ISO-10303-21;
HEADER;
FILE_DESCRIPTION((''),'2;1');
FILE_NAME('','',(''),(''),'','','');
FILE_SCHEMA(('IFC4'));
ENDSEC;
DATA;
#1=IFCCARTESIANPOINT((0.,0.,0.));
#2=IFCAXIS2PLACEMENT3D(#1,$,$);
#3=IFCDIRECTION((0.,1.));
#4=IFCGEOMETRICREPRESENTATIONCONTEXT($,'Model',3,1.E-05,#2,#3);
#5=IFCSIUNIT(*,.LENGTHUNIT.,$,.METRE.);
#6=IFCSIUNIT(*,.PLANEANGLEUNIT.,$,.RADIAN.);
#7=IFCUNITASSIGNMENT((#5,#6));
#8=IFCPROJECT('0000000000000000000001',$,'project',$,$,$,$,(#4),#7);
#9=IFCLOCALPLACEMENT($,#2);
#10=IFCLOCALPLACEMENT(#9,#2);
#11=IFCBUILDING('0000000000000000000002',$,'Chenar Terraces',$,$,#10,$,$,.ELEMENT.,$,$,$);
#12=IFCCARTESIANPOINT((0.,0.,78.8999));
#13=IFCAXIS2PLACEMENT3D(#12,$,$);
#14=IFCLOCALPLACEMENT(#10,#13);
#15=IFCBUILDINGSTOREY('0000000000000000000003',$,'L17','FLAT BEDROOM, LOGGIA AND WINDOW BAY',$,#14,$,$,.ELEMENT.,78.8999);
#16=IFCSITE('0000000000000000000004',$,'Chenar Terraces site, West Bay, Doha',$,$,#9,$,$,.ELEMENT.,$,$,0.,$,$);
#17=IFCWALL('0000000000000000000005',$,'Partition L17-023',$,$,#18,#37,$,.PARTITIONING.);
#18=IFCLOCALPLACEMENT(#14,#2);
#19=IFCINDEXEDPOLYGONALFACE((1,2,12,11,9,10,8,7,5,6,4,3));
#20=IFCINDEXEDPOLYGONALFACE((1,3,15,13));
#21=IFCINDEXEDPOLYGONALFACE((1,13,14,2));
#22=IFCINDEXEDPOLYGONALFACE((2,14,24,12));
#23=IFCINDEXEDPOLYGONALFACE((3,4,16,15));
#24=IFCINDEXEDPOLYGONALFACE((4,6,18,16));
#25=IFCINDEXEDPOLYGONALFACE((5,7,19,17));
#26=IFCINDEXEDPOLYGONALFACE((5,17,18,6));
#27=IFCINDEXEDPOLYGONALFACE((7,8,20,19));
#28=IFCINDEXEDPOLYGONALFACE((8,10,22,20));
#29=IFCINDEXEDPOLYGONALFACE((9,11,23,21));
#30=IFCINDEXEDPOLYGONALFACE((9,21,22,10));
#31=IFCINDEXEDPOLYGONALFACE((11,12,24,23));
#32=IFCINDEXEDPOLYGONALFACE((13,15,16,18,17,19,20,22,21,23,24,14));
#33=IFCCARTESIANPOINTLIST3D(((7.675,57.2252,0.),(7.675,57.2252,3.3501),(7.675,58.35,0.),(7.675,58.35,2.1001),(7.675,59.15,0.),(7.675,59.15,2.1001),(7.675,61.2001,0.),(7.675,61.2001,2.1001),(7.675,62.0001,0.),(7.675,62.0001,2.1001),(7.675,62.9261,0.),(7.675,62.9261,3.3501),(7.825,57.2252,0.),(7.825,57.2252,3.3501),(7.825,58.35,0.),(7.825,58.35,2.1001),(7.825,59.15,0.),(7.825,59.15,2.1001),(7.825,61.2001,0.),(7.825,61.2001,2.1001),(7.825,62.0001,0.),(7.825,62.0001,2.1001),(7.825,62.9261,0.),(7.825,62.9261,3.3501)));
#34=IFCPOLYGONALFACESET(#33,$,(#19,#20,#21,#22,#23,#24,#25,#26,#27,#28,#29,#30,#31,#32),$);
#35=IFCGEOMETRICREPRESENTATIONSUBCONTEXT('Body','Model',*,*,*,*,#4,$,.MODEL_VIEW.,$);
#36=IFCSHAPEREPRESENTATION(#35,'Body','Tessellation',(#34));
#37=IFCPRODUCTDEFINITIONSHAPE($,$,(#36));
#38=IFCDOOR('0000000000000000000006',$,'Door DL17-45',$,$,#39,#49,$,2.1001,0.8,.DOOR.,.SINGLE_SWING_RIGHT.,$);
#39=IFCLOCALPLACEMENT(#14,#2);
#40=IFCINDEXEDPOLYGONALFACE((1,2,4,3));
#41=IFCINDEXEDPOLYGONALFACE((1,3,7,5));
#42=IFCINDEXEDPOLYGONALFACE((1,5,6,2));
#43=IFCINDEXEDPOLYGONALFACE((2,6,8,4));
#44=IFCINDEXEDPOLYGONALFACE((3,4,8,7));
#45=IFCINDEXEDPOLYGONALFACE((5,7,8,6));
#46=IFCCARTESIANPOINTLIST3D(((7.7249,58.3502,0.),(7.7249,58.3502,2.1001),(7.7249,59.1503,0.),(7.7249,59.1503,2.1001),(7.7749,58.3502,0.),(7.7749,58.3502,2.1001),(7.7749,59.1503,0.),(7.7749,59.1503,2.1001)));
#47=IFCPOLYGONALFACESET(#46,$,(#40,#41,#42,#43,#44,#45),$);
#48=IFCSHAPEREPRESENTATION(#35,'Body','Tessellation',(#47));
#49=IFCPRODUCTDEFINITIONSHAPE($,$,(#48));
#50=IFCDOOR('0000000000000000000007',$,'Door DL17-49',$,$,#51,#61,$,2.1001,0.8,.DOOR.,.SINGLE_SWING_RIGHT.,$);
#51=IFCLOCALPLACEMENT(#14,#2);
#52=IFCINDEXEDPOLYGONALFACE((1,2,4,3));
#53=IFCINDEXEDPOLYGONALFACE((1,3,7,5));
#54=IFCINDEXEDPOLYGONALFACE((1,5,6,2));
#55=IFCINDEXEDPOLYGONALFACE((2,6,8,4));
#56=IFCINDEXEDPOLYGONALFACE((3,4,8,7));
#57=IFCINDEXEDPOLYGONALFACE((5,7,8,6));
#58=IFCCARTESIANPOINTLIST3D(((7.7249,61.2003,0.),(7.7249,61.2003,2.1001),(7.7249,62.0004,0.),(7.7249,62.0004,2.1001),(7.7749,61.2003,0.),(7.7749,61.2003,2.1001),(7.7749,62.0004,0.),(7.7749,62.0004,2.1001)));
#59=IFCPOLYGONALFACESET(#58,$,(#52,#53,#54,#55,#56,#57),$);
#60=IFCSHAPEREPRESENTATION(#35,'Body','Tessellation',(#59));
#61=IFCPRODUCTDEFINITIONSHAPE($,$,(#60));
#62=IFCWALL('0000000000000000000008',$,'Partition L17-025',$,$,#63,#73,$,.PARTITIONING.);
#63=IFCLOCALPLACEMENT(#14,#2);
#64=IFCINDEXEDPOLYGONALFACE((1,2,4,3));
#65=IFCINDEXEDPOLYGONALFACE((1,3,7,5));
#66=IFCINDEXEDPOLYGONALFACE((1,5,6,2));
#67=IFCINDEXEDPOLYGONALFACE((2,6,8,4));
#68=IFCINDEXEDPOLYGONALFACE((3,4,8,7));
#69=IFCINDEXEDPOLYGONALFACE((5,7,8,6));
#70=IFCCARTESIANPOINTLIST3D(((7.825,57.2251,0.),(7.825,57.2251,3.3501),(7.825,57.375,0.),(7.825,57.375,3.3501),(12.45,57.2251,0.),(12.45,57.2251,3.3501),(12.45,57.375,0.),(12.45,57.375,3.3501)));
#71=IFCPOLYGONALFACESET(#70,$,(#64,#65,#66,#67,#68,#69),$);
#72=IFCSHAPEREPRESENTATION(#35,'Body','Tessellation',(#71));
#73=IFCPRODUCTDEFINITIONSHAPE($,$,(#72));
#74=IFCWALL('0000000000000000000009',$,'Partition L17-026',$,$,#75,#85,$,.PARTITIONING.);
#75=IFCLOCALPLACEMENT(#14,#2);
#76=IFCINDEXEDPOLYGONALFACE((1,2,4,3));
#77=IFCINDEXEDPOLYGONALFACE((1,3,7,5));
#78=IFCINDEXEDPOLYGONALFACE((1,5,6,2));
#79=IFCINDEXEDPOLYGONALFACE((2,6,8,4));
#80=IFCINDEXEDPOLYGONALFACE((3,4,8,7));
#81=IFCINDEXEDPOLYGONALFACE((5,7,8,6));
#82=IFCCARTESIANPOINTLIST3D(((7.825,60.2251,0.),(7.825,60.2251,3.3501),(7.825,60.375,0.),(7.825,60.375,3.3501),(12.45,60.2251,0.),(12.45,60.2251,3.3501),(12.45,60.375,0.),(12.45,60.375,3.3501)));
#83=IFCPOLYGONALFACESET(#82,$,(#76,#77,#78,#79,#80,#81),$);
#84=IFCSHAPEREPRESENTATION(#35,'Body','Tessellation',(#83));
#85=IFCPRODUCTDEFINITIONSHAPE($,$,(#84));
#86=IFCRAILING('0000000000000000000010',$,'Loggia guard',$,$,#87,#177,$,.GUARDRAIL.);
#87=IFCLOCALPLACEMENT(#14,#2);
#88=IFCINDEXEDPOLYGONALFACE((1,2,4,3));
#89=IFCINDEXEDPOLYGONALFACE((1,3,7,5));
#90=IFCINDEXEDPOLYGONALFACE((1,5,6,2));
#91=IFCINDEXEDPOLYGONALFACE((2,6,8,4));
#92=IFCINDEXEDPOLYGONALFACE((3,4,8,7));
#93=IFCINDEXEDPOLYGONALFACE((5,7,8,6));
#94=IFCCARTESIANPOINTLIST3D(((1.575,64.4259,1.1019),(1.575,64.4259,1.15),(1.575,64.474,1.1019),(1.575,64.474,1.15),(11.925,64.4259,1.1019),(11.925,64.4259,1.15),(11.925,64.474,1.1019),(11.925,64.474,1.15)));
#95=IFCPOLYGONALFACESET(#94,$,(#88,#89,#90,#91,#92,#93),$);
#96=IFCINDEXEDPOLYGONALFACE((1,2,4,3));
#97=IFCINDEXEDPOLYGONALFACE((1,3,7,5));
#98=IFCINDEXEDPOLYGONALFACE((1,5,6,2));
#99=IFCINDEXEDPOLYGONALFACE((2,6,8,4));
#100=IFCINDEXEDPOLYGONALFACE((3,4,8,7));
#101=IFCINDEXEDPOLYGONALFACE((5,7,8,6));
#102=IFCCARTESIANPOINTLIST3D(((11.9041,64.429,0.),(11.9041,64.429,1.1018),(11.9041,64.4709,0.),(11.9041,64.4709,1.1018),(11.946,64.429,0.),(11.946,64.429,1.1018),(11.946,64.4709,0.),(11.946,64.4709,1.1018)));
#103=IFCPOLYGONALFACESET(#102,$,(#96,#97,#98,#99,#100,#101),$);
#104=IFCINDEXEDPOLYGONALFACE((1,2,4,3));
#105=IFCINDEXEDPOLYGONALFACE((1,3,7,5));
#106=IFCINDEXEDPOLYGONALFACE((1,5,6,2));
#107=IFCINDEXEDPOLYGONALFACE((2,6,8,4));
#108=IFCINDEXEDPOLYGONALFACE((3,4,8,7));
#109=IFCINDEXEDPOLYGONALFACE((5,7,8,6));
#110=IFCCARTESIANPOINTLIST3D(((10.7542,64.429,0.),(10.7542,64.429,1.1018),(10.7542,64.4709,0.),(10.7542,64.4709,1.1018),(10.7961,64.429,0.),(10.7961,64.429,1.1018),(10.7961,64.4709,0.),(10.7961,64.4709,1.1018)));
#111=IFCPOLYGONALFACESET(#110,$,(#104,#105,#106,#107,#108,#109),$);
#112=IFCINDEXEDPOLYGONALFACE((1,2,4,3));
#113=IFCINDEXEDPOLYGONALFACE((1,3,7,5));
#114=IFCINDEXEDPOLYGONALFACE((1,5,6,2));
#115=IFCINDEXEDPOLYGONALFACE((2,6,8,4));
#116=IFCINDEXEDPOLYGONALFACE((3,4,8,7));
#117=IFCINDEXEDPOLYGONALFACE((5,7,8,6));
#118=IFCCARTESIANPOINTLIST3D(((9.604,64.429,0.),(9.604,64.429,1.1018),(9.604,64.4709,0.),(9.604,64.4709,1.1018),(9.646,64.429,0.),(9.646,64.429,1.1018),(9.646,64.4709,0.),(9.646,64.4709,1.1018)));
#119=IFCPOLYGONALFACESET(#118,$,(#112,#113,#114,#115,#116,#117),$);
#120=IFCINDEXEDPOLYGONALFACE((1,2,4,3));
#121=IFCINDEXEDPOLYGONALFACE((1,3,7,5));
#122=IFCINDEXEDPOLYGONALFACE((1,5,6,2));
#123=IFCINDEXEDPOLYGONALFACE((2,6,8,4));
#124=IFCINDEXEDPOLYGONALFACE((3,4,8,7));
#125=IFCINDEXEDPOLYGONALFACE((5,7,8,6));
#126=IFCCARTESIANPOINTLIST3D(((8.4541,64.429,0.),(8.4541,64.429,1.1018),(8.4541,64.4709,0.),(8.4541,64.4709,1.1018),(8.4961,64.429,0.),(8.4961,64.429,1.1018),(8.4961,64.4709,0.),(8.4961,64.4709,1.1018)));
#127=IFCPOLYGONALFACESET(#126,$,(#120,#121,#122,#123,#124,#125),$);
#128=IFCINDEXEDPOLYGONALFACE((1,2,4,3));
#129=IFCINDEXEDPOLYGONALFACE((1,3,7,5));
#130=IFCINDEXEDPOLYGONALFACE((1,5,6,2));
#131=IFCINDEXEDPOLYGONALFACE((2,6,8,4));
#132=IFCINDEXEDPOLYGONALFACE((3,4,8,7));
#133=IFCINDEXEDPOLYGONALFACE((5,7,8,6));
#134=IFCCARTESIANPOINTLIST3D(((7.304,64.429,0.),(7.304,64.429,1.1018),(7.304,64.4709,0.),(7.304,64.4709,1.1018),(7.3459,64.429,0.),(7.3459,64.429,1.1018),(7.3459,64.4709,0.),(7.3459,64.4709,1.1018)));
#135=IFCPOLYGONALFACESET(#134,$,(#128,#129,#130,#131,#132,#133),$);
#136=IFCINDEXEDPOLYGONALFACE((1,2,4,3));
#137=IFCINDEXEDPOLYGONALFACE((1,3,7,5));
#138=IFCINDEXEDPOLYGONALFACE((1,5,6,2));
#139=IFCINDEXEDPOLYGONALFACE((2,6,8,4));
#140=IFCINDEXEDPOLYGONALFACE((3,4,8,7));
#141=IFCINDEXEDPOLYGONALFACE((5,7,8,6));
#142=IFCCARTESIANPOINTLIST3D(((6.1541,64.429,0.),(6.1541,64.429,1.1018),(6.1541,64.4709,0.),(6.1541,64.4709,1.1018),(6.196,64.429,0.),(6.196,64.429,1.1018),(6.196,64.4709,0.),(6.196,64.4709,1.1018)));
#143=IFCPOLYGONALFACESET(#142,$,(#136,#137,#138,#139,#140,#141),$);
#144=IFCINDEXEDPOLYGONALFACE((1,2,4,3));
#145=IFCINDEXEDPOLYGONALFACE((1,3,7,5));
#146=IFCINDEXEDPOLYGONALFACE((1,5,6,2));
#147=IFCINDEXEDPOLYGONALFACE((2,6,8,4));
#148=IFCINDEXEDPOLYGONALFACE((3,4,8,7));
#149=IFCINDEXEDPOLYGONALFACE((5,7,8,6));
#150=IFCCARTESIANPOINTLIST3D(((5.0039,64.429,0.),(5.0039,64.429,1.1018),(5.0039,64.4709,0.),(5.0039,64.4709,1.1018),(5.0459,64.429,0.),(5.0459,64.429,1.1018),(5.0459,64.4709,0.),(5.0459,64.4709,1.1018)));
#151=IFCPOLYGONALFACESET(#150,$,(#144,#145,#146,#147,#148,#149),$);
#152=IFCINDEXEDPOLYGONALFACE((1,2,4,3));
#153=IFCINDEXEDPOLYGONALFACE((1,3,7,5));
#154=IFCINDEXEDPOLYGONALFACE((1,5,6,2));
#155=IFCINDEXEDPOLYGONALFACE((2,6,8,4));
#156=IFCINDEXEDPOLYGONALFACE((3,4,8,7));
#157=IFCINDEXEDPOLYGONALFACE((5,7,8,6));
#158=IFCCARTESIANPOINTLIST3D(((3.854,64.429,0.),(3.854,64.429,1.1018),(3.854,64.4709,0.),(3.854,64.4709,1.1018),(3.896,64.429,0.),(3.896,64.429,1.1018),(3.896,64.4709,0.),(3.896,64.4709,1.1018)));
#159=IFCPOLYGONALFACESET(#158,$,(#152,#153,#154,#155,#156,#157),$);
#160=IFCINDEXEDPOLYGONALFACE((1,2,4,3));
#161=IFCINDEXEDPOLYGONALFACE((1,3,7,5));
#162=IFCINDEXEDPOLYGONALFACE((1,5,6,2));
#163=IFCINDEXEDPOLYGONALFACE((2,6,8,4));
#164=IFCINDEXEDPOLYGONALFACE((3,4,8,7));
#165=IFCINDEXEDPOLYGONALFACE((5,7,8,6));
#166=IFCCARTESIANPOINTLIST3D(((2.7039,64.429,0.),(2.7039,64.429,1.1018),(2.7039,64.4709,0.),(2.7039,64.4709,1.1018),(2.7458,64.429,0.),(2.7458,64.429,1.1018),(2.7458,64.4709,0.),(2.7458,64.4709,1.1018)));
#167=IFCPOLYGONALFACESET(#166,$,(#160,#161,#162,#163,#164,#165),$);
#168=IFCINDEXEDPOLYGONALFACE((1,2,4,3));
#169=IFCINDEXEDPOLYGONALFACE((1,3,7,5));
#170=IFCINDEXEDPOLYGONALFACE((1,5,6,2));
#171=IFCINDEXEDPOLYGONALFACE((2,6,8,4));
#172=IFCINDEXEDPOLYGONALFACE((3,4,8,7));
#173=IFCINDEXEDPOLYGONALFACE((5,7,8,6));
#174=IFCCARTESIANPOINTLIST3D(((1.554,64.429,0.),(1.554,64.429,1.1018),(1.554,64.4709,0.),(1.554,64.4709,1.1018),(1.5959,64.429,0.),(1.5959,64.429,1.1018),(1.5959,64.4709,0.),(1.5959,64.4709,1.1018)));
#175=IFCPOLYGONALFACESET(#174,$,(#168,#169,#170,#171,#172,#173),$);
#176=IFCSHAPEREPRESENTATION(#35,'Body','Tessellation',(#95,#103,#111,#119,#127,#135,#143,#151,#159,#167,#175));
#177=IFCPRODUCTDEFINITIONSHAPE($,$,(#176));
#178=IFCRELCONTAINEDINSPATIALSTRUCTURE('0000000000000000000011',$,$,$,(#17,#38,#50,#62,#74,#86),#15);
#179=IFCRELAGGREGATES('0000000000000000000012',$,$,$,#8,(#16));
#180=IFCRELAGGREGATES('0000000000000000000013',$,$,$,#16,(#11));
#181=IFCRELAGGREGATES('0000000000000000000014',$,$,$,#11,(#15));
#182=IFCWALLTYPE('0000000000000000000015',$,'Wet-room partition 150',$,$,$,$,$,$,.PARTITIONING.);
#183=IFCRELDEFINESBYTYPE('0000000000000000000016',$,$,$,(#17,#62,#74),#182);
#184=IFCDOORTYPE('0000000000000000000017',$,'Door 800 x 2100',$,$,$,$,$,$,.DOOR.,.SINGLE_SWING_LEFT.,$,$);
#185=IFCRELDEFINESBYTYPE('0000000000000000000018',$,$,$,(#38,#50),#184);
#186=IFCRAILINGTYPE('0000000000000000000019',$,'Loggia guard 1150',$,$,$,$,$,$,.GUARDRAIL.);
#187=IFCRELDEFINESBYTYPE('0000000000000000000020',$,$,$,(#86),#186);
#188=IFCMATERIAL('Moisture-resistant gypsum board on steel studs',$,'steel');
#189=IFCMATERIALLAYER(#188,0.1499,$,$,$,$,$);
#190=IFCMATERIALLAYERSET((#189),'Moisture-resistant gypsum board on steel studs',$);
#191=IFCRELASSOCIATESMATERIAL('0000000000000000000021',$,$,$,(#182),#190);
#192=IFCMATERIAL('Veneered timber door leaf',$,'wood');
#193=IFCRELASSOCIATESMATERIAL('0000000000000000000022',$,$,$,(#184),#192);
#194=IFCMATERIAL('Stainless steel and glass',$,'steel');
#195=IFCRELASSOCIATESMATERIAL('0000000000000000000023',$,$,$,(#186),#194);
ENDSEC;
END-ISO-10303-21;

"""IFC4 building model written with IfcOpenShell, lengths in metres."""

from ifc_helpers import new_model, si_unit, direction, frame, frame_2d, origin, origin_2d, place, context, subcontext, project, spatial, rectangle, extrude, material, layer, layer_set, type_object, element, fill, save


model = new_model("IFC4")

# Units and contexts
model_context = context("Model", 3, precision=1e-05, world=origin(), true_north=direction((0.0, 1.0)))
body_context = subcontext(model_context, "Body", "Model", "MODEL_VIEW")
ifc_project = project(units=[si_unit("LENGTHUNIT", "METRE"), si_unit("PLANEANGLEUNIT", "RADIAN")], contexts=[model_context])

# Site, building, storey
site_placement = place(None, origin())
site = spatial("IfcSite", under=ifc_project, at=site_placement, Name="Chenar Terraces site, West Bay, Doha", CompositionType="ELEMENT", RefElevation=0.0)
building_placement = place(site_placement, origin())
building = spatial("IfcBuilding", under=site, at=building_placement, Name="Chenar Terraces", CompositionType="ELEMENT")
storey_placement = place(building_placement, frame((0.0, 0.0, 78.8999)))
storey = spatial("IfcBuildingStorey", under=building, at=storey_placement, Name="L17", Description="FLAT BEDROOM, LOGGIA AND WINDOW BAY", CompositionType="ELEMENT", Elevation=78.8999)

# Wall, openings, doors
ifc_material_1 = material(Name="Moisture-resistant gypsum board on steel studs", Category="steel")
ifc_layer_1 = layer(ifc_material_1, 0.1499)
ifc_layer_set_1 = layer_set([ifc_layer_1], Name="Moisture-resistant gypsum board on steel studs")
wall_type_1 = type_object("IfcWallType", Name="Wet-room partition 150", PredefinedType="PARTITIONING", material=ifc_layer_set_1)
wall_1_placement = place(storey_placement, frame((7.75, 57.2251, 0.0), z_axis=(0.0, 0.0, 1.0), x_axis=(0.0, 1.0, 0.0)))
wall_1 = element("IfcWall", 1, at=wall_1_placement, inside=storey, type_object=wall_type_1, Name="Partition L17-023", PredefinedType="PARTITIONING", context=body_context, shape_type="SweptSolid", body=[
    extrude(rectangle(XDim=5.7009, YDim=0.1499, at=frame_2d((2.8506, 0.0))), origin(), (0.0, 0.0, 1.0), 3.3501),
])
opening_1_placement = place(wall_1_placement, frame((1.125, 0.0, 0.0)))
opening_1 = element("IfcOpeningElement", 2, at=opening_1_placement, cuts=wall_1, PredefinedType="OPENING", context=body_context, shape_type="SweptSolid", body=[
    extrude(rectangle(XDim=0.8, YDim=2.1001, at=frame_2d((0.3999, 1.05))), frame((0.0, 0.085, 0.0), z_axis=(0.0, -1.0, 0.0), x_axis=(1.0, 0.0, 0.0)), (0.0, 0.0, 1.0), 0.1699),
])
opening_2_placement = place(wall_1_placement, frame((3.9751, 0.0, 0.0)))
opening_2 = element("IfcOpeningElement", 3, at=opening_2_placement, cuts=wall_1, PredefinedType="OPENING", context=body_context, shape_type="SweptSolid", body=[
    extrude(rectangle(XDim=0.8, YDim=2.1001, at=frame_2d((0.3999, 1.05))), frame((0.0, 0.085, 0.0), z_axis=(0.0, -1.0, 0.0), x_axis=(1.0, 0.0, 0.0)), (0.0, 0.0, 1.0), 0.1699),
])
ifc_material_2 = material(Name="Veneered timber door leaf", Category="wood")
door_type_1 = type_object("IfcDoorType", Name="Door 800 x 2100", OperationType="SINGLE_SWING_LEFT", PredefinedType="DOOR", material=ifc_material_2)
door_1_placement = place(opening_1_placement, frame((0.8, 0.0, 0.0), z_axis=(0.0, 0.0, 1.0), x_axis=(-1.0, 0.0, 0.0)))
door_1 = element("IfcDoor", 4, at=door_1_placement, inside=storey, type_object=door_type_1, Name="Door DL17-45", OperationType="SINGLE_SWING_RIGHT", OverallHeight=2.1001, OverallWidth=0.8, PredefinedType="DOOR", context=body_context, shape_type="SweptSolid", body=[
    extrude(rectangle(XDim=0.8, YDim=2.1001, at=frame_2d((0.3999, 1.05))), frame((0.0, 0.0249, 0.0), z_axis=(0.0, -1.0, 0.0), x_axis=(1.0, 0.0, 0.0)), (0.0, 0.0, 1.0), 0.05),
])
fill(opening_1, door_1)
door_2_placement = place(opening_2_placement, frame((0.8, 0.0, 0.0), z_axis=(0.0, 0.0, 1.0), x_axis=(-1.0, 0.0, 0.0)))
door_2 = element("IfcDoor", 5, at=door_2_placement, inside=storey, type_object=door_type_1, Name="Door DL17-49", OperationType="SINGLE_SWING_RIGHT", OverallHeight=2.1001, OverallWidth=0.8, PredefinedType="DOOR", context=body_context, shape_type="SweptSolid", body=[
    extrude(rectangle(XDim=0.8, YDim=2.1001, at=frame_2d((0.3999, 1.05))), frame((0.0, 0.0249, 0.0), z_axis=(0.0, -1.0, 0.0), x_axis=(1.0, 0.0, 0.0)), (0.0, 0.0, 1.0), 0.05),
])
fill(opening_2, door_2)

# Walls
for number, where, z_axis, x_axis, name in (
    (6, (7.825, 57.3, 0.0), (0.0, 0.0, 1.0), (1.0, 0.0, 0.0), "Partition L17-025"),
    (7, (7.825, 60.3, 0.0), (0.0, 0.0, 1.0), (1.0, 0.0, 0.0), "Partition L17-026"),
):
    element("IfcWall", number, at=place(storey_placement, frame(where, z_axis=z_axis, x_axis=x_axis)), inside=storey, type_object=wall_type_1, Name=name, PredefinedType="PARTITIONING", context=body_context, shape_type="SweptSolid", body=[
        extrude(rectangle(XDim=4.625, YDim=0.1499, at=frame_2d((2.3125, 0.0))), origin(), (0.0, 0.0, 1.0), 3.3501),
    ])

# Railing
ifc_material_3 = material(Name="Stainless steel and glass", Category="steel")
railing_type = type_object("IfcRailingType", Name="Loggia guard 1150", PredefinedType="GUARDRAIL", material=ifc_material_3)
railing_1_placement = place(storey_placement, frame((11.925, 64.45, 0.0)))
element("IfcRailing", 8, at=railing_1_placement, inside=storey, type_object=railing_type, Name="Loggia guard", PredefinedType="GUARDRAIL", context=body_context, shape_type="SweptSolid", body=[
    extrude(rectangle(XDim=0.0481, YDim=0.0481, at=origin_2d()), frame((0.0, 0.0, 1.126), z_axis=(-1.0, 0.0, 0.0), x_axis=(0.0, -1.0, 0.0)), (0.0, 0.0, 1.0), 10.3501),
    extrude(rectangle(XDim=0.042, YDim=0.042, at=origin_2d()), origin(), (0.0, 0.0, 1.0), 1.1018),
    extrude(rectangle(XDim=0.042, YDim=0.042, at=origin_2d()), frame((-1.1499, 0.0, 0.0)), (0.0, 0.0, 1.0), 1.1018),
    extrude(rectangle(XDim=0.042, YDim=0.042, at=origin_2d()), frame((-2.3, 0.0, 0.0)), (0.0, 0.0, 1.0), 1.1018),
    extrude(rectangle(XDim=0.042, YDim=0.042, at=origin_2d()), frame((-3.45, 0.0, 0.0)), (0.0, 0.0, 1.0), 1.1018),
    extrude(rectangle(XDim=0.042, YDim=0.042, at=origin_2d()), frame((-4.6001, 0.0, 0.0)), (0.0, 0.0, 1.0), 1.1018),
    extrude(rectangle(XDim=0.042, YDim=0.042, at=origin_2d()), frame((-5.75, 0.0, 0.0)), (0.0, 0.0, 1.0), 1.1018),
    extrude(rectangle(XDim=0.042, YDim=0.042, at=origin_2d()), frame((-6.9001, 0.0, 0.0)), (0.0, 0.0, 1.0), 1.1018),
    extrude(rectangle(XDim=0.042, YDim=0.042, at=origin_2d()), frame((-8.05, 0.0, 0.0)), (0.0, 0.0, 1.0), 1.1018),
    extrude(rectangle(XDim=0.042, YDim=0.042, at=origin_2d()), frame((-9.2002, 0.0, 0.0)), (0.0, 0.0, 1.0), 1.1018),
    extrude(rectangle(XDim=0.042, YDim=0.042, at=origin_2d()), frame((-10.3501, 0.0, 0.0)), (0.0, 0.0, 1.0), 1.1018),
])

save(model, "model.ifc")
